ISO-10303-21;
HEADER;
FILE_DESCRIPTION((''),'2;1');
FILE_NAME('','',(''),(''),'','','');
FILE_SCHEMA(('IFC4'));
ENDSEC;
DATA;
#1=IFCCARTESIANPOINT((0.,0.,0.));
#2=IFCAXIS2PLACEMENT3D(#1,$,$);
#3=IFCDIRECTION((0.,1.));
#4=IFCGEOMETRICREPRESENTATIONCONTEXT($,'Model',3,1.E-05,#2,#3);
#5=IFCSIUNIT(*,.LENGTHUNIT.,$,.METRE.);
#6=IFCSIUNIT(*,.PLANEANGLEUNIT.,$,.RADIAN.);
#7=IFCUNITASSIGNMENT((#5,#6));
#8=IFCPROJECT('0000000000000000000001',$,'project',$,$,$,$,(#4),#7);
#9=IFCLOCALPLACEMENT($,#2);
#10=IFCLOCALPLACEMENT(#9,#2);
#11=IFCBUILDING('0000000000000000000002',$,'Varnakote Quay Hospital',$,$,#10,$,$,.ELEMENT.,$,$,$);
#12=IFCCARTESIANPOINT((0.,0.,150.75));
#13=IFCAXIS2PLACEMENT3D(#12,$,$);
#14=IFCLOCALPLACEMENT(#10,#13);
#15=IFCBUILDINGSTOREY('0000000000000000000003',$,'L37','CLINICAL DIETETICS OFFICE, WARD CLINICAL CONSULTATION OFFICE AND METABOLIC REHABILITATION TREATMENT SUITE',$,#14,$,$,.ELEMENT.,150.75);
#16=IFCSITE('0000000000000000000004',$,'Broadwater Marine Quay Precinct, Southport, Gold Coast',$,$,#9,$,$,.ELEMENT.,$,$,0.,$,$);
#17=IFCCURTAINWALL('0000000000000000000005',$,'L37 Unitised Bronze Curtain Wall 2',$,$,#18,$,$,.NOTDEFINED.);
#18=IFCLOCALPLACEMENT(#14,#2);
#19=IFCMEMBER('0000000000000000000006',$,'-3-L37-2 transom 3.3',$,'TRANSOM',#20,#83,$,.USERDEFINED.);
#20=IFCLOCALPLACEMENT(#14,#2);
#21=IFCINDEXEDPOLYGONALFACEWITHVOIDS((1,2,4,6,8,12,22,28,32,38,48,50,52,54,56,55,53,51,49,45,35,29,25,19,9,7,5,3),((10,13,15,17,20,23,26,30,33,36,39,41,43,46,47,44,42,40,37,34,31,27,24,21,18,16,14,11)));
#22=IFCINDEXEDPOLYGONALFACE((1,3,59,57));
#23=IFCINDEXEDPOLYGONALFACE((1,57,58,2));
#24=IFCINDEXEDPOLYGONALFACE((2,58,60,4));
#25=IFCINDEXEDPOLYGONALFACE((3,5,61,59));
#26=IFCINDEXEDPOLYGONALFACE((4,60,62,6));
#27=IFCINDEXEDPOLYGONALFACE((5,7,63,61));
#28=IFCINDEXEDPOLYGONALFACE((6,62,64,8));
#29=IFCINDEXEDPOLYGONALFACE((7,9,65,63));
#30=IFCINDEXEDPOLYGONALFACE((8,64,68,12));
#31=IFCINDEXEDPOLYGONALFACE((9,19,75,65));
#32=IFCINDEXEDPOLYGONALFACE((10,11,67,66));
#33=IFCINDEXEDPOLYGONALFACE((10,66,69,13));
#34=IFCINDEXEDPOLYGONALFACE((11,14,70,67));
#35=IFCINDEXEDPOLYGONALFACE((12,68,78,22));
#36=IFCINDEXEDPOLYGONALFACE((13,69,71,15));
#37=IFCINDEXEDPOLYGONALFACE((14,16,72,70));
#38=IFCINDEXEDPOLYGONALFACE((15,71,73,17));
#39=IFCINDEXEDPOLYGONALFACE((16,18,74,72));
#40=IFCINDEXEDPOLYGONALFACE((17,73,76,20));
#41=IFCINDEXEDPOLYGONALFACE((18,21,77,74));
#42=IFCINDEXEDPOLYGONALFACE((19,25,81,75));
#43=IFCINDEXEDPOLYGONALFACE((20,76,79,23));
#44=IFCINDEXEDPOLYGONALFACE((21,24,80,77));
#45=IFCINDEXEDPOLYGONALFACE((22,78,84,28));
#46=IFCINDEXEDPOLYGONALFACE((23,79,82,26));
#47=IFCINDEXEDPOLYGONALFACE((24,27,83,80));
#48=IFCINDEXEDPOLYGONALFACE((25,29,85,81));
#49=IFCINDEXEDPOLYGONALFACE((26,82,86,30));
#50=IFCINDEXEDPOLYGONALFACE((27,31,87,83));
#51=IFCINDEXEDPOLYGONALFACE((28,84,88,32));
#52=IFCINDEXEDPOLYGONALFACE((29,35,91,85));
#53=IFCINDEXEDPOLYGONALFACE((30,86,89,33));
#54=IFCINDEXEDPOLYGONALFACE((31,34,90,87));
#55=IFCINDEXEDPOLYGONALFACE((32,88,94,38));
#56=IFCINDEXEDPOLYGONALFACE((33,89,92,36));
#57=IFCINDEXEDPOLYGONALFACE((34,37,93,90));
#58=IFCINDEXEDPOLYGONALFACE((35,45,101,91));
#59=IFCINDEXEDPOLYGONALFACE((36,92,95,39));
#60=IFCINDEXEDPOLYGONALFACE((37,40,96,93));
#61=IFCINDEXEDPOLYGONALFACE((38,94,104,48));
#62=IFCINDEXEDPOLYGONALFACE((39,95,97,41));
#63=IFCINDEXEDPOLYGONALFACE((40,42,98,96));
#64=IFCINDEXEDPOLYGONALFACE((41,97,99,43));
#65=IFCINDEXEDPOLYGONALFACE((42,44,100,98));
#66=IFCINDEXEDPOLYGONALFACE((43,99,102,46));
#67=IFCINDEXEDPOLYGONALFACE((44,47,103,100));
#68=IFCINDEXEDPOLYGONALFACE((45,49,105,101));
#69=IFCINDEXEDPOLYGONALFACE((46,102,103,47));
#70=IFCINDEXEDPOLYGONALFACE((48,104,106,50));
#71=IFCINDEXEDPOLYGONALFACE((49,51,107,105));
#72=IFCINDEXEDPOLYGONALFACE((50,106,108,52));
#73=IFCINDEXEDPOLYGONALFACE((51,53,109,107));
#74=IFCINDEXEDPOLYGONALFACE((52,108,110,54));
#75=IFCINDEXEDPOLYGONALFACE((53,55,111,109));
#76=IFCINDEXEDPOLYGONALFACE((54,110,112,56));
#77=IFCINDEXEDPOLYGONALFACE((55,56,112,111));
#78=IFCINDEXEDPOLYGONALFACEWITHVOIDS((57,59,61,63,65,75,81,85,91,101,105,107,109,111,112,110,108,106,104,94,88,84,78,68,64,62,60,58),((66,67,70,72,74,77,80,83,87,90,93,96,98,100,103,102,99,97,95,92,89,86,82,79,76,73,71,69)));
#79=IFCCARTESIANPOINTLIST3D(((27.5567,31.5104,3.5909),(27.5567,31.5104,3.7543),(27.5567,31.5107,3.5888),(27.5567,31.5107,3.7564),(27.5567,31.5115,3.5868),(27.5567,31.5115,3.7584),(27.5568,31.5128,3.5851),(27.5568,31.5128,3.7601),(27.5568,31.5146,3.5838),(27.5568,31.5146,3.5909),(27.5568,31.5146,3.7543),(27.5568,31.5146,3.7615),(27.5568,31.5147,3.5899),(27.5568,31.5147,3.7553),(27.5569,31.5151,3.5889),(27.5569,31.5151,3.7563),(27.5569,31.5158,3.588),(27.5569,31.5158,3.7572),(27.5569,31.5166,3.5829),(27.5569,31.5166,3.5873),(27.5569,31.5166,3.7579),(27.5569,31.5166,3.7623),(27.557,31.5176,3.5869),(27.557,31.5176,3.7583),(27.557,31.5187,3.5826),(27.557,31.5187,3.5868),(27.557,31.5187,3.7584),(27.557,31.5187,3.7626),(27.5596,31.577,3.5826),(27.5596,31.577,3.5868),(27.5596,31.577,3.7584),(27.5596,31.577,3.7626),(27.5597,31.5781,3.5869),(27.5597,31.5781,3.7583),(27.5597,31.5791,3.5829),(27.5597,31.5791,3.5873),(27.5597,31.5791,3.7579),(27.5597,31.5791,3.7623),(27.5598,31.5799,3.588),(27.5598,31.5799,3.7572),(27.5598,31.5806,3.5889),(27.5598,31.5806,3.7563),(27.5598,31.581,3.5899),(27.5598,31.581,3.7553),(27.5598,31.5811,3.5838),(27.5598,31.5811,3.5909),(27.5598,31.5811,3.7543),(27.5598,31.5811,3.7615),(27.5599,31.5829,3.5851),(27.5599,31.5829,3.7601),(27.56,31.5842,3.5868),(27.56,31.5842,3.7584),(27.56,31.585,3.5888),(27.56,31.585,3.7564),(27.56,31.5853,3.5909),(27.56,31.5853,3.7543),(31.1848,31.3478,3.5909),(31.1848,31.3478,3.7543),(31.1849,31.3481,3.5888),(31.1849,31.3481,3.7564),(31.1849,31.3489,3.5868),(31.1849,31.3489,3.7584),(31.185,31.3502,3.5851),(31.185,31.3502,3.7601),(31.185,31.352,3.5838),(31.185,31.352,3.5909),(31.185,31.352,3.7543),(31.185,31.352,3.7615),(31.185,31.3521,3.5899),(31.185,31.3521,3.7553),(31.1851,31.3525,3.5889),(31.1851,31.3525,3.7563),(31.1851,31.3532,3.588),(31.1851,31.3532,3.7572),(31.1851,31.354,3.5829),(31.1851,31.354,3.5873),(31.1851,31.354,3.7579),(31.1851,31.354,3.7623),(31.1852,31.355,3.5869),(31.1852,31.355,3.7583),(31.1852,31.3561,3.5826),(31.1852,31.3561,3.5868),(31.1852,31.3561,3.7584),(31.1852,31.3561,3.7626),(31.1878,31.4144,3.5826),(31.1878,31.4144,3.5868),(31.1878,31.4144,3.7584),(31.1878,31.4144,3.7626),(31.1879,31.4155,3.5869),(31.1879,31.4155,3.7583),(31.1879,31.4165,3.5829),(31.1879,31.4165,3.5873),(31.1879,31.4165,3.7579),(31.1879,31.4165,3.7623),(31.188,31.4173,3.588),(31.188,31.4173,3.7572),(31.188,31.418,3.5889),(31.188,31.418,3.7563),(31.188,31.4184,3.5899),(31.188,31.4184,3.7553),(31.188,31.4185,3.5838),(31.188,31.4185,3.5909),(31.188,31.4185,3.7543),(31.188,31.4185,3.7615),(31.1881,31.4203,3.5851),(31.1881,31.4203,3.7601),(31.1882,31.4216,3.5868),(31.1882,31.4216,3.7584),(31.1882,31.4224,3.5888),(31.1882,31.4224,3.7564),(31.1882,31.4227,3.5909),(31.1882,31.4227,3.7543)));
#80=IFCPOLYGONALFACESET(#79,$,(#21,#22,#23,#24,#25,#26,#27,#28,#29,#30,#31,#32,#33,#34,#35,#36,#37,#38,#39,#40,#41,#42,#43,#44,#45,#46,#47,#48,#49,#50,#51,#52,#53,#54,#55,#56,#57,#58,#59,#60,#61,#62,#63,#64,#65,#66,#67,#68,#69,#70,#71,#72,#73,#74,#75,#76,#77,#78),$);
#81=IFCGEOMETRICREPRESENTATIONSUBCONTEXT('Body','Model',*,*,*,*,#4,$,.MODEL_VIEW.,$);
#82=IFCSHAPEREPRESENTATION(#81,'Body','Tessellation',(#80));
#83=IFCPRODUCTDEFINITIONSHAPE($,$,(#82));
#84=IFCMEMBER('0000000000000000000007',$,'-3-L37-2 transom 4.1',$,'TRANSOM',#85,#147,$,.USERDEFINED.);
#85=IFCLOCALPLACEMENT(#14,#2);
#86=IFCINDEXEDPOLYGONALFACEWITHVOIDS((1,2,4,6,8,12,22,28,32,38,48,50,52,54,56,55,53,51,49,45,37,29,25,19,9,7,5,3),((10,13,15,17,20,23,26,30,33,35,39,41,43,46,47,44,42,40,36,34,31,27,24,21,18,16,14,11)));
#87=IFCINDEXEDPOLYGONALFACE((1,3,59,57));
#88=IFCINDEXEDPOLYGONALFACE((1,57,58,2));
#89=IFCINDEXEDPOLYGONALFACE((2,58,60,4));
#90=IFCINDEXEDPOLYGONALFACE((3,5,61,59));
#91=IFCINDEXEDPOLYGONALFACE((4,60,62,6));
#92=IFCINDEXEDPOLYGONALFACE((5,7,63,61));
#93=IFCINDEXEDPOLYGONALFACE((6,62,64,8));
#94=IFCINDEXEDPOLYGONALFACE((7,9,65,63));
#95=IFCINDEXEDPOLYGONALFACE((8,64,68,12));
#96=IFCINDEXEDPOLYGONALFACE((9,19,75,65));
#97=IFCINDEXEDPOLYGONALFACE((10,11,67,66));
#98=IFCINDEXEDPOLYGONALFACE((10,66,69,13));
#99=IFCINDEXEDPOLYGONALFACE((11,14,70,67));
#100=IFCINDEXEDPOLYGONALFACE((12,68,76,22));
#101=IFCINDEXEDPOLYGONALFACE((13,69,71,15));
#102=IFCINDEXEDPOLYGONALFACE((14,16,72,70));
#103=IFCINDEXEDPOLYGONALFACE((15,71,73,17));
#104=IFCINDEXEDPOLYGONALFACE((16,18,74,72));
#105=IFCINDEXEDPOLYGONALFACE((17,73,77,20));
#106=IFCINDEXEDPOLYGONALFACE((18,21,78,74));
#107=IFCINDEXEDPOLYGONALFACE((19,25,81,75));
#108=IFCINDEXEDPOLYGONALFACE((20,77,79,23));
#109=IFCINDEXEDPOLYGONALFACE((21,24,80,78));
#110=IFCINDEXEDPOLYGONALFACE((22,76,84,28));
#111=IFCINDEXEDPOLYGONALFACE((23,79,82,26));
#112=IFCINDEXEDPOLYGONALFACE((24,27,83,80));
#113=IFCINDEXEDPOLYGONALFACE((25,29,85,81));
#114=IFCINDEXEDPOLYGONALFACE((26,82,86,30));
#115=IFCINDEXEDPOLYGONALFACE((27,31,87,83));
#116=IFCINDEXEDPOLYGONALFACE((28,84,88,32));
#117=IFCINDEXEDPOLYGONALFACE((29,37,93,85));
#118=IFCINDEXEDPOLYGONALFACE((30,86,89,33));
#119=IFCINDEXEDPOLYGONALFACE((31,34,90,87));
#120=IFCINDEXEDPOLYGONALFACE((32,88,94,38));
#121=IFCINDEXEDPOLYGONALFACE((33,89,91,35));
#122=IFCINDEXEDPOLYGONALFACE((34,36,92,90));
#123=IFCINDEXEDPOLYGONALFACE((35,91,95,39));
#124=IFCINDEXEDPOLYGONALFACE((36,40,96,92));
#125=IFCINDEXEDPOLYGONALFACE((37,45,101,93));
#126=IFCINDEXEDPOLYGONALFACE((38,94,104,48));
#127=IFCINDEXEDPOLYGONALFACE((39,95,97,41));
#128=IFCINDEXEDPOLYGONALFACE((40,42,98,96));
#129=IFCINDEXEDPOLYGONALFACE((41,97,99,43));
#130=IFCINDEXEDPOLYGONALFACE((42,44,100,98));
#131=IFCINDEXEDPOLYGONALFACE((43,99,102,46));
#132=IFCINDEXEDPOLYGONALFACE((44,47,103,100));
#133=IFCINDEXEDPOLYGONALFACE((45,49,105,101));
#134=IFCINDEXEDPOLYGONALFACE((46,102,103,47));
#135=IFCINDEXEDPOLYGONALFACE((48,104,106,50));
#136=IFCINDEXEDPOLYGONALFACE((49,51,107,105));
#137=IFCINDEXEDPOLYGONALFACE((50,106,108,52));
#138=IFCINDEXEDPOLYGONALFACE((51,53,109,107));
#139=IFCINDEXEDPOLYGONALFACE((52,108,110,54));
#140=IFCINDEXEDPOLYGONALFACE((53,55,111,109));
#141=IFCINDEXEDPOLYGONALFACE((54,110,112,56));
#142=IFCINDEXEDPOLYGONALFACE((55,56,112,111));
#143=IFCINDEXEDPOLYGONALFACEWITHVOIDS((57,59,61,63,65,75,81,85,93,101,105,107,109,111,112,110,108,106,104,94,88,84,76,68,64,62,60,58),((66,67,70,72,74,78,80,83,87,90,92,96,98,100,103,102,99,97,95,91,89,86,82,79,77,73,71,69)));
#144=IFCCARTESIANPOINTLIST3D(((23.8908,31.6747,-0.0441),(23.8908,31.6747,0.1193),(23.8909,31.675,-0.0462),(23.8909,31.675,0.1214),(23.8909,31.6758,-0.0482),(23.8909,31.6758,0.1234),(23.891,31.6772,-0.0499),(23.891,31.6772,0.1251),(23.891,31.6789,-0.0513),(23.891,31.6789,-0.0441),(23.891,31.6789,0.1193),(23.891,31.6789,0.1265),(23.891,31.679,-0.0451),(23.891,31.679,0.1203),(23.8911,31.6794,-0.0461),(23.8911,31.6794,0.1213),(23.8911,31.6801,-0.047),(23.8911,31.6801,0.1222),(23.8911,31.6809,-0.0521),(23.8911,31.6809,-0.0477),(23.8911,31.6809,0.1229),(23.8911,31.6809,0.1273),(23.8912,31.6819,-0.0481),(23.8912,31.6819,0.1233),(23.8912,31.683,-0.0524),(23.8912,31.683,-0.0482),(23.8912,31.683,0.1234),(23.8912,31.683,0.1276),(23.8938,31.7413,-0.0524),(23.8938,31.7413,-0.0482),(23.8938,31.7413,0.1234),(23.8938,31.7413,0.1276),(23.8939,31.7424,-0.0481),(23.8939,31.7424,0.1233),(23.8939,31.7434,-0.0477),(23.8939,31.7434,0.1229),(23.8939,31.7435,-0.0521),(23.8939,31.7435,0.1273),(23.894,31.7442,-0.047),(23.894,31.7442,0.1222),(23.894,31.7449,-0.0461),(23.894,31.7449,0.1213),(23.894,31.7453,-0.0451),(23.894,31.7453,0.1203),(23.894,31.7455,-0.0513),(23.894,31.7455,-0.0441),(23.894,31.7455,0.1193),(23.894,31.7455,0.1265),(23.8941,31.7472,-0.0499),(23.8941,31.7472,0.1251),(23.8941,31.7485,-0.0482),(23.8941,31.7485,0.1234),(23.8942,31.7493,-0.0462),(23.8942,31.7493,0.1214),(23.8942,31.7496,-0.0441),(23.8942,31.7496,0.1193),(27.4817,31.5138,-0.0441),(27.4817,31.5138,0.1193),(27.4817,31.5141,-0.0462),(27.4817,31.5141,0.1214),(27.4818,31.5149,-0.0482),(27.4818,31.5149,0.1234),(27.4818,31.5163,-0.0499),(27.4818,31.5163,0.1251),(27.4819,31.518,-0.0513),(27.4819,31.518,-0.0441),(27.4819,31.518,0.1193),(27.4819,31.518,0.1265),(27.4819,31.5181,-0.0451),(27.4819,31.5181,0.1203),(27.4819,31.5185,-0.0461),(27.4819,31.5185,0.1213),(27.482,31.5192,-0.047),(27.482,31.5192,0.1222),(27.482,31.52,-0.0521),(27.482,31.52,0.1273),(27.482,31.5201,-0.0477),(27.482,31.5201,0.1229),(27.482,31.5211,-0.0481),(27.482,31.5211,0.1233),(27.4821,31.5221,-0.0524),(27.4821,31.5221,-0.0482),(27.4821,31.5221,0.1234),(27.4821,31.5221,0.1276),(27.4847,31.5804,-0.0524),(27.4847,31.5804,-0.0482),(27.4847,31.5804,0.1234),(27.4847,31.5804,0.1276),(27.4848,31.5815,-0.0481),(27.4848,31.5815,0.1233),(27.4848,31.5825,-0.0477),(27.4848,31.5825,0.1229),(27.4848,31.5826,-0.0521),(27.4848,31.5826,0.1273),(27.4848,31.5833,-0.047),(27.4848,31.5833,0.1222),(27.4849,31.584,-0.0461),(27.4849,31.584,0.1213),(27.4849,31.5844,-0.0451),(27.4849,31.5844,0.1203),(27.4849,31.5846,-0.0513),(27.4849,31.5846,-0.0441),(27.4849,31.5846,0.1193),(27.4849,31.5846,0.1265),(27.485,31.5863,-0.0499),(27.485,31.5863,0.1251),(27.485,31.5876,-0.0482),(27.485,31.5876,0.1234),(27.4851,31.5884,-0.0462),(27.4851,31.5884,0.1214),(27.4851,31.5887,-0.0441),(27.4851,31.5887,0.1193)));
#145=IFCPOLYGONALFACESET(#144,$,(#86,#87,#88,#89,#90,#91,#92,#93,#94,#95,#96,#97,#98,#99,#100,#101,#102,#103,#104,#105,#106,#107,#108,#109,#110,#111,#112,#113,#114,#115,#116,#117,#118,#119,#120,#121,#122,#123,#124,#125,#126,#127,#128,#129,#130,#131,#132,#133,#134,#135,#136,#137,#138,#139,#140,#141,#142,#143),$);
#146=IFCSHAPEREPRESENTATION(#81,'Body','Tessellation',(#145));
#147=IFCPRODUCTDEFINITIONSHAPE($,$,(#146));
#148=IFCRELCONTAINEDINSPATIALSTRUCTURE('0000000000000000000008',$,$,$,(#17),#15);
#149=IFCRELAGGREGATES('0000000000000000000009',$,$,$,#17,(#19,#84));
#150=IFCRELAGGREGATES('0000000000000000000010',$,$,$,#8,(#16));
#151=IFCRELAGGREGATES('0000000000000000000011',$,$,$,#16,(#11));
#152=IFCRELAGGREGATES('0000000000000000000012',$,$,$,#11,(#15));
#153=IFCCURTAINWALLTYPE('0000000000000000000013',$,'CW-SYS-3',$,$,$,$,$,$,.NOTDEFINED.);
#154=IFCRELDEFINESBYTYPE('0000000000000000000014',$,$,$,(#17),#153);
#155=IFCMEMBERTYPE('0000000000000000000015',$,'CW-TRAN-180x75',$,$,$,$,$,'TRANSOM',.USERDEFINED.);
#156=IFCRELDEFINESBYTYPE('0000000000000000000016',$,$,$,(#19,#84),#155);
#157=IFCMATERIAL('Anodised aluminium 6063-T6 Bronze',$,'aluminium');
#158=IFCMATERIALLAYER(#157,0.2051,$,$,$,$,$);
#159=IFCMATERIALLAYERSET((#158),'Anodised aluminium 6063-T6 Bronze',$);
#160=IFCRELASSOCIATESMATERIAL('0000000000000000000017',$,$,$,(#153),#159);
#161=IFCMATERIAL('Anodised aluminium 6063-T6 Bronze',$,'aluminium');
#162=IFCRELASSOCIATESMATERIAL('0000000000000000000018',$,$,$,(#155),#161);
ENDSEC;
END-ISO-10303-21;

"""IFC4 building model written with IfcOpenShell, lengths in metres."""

from ifc_helpers import new_model, si_unit, direction, frame, origin, origin_2d, place, context, subcontext, project, spatial, hollow_rectangle, extrude, material, layer, layer_set, material_profile, profile_set, type_object, element, aggregate, save


model = new_model("IFC4")

# Units and contexts
model_context = context("Model", 3, precision=1e-05, world=origin(), true_north=direction((0.0, 1.0)))
body_context = subcontext(model_context, "Body", "Model", "MODEL_VIEW")
ifc_project = project(units=[si_unit("LENGTHUNIT", "METRE"), si_unit("PLANEANGLEUNIT", "RADIAN")], contexts=[model_context])

# Site, building, storey
site_placement = place(None, origin())
site = spatial("IfcSite", under=ifc_project, at=site_placement, Name="Broadwater Marine Quay Precinct, Southport, Gold Coast", CompositionType="ELEMENT", RefElevation=0.0)
building_placement = place(site_placement, origin())
building = spatial("IfcBuilding", under=site, at=building_placement, Name="Varnakote Quay Hospital", CompositionType="ELEMENT")
storey_placement = place(building_placement, frame((0.0, 0.0, 150.75)))
storey = spatial("IfcBuildingStorey", under=building, at=storey_placement, Name="L37", Description="CLINICAL DIETETICS OFFICE, WARD CLINICAL CONSULTATION OFFICE AND METABOLIC REHABILITATION TREATMENT SUITE", CompositionType="ELEMENT", Elevation=150.75)

# Curtain wall, members
ifc_material_1 = material(Name="Anodised aluminium 6063-T6 Bronze", Category="aluminium")
ifc_layer_1 = layer(ifc_material_1, 0.2051)
ifc_layer_set_1 = layer_set([ifc_layer_1], Name="Anodised aluminium 6063-T6 Bronze")
curtain_wall_type = type_object("IfcCurtainWallType", Name="CW-SYS-3", PredefinedType="NOTDEFINED", material=ifc_layer_set_1)
curtain_wall_placement = place(storey_placement, origin())
curtain_wall = element("IfcCurtainWall", 1, at=curtain_wall_placement, inside=storey, type_object=curtain_wall_type, Name="L37 Unitised Bronze Curtain Wall 2", PredefinedType="NOTDEFINED")
ifc_material_2 = material(Name="Anodised aluminium 6063-T6 Bronze", Category="aluminium")
ifc_material_profile_1 = material_profile(ifc_material_2, hollow_rectangle(XDim=0.075, YDim=0.1799, WallThickness=0.0042, InnerFilletRadius=0.0042, OuterFilletRadius=0.0083, at=origin_2d()), Name="CW-TRAN-180x75")
ifc_profile_set_1 = profile_set([ifc_material_profile_1], Name="Anodised aluminium 6063-T6 Bronze")
member_type_1 = type_object("IfcMemberType", Name="CW-TRAN-180x75", ElementType="TRANSOM", PredefinedType="USERDEFINED", material=ifc_profile_set_1)
member_1_placement = place(storey_placement, frame((31.1865, 31.3853, 3.6726), z_axis=(-0.998997, 0.04477, 0.0), x_axis=(-0.04477, -0.998997, 0.0)))
member_1 = element("IfcMember", 2, at=member_1_placement, type_object=member_type_1, Name="-3-L37-2 transom 3.3", ObjectType="TRANSOM", PredefinedType="USERDEFINED", context=body_context, shape_type="SweptSolid", body=[
    extrude(hollow_rectangle(XDim=0.075, YDim=0.1799, WallThickness=0.0042, InnerFilletRadius=0.0042, OuterFilletRadius=0.0083, at=origin_2d()), origin(), (0.0, 0.0, 1.0), 3.6318),
])
member_2_placement = place(storey_placement, frame((27.4834, 31.5513, 0.0376), z_axis=(-0.998998, 0.044761, 0.0), x_axis=(-0.044761, -0.998998, 0.0)))
member_2 = element("IfcMember", 3, at=member_2_placement, type_object=member_type_1, Name="-3-L37-2 transom 4.1", ObjectType="TRANSOM", PredefinedType="USERDEFINED", context=body_context, shape_type="SweptSolid", body=[
    extrude(hollow_rectangle(XDim=0.075, YDim=0.1799, WallThickness=0.0042, InnerFilletRadius=0.0042, OuterFilletRadius=0.0083, at=origin_2d()), origin(), (0.0, 0.0, 1.0), 3.5945),
])
aggregate(curtain_wall, [member_1, member_2])

save(model, "model.ifc")
